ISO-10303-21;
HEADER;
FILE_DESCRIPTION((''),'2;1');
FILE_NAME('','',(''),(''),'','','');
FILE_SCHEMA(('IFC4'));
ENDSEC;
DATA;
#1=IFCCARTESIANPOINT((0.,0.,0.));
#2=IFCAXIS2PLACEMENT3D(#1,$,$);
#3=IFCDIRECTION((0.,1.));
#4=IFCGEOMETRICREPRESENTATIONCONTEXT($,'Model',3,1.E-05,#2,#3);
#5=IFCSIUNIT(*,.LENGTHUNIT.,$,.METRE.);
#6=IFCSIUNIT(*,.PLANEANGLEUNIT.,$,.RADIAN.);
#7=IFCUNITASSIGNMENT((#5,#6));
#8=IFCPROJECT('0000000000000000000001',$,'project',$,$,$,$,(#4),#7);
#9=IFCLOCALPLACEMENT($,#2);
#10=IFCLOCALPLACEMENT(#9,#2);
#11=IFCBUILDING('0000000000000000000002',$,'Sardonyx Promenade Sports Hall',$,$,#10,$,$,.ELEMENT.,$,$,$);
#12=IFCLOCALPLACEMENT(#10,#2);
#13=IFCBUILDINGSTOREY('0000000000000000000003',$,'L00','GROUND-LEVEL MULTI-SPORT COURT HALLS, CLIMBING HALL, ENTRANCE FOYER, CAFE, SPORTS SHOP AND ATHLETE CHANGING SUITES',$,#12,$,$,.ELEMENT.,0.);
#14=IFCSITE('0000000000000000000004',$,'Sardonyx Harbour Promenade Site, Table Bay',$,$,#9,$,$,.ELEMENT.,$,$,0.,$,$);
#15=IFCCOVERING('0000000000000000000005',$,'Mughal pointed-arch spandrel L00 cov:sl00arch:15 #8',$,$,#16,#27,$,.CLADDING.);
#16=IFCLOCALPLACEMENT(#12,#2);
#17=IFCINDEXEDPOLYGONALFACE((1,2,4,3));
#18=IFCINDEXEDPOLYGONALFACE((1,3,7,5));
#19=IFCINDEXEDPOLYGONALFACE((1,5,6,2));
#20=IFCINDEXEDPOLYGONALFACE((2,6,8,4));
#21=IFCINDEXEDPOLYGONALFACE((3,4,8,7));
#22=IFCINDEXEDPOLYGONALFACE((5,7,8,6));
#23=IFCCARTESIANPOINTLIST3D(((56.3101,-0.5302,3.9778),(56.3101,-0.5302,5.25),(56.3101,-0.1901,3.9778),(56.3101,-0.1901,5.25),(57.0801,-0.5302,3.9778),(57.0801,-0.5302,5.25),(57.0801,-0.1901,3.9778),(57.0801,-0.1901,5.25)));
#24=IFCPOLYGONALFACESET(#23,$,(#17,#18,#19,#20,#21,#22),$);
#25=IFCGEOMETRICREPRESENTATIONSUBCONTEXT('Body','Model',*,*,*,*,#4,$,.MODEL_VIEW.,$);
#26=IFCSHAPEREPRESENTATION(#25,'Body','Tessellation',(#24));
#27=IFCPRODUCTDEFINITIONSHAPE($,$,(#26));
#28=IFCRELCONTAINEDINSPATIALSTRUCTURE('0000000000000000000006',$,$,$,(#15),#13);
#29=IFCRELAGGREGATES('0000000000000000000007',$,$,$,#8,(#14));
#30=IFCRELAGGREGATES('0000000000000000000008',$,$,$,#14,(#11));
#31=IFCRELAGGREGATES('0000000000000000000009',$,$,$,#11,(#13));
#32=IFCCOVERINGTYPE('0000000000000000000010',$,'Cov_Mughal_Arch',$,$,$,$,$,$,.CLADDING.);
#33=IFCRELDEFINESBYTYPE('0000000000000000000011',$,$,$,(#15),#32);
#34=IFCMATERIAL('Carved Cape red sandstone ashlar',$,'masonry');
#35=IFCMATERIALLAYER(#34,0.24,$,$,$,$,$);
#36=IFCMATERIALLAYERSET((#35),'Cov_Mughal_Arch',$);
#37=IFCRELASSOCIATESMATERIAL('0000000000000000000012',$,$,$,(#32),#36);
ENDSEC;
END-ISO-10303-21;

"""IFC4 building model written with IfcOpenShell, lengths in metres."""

from ifc_helpers import new_model, si_unit, direction, frame, frame_2d, origin, place, context, subcontext, project, spatial, rectangle, extrude, material, layer, layer_set, type_object, element, save


model = new_model("IFC4")

# Units and contexts
model_context = context("Model", 3, precision=1e-05, world=origin(), true_north=direction((0.0, 1.0)))
body_context = subcontext(model_context, "Body", "Model", "MODEL_VIEW")
ifc_project = project(units=[si_unit("LENGTHUNIT", "METRE"), si_unit("PLANEANGLEUNIT", "RADIAN")], contexts=[model_context])

# Site, building, storey
site_placement = place(None, origin())
site = spatial("IfcSite", under=ifc_project, at=site_placement, Name="Sardonyx Harbour Promenade Site, Table Bay", CompositionType="ELEMENT", RefElevation=0.0)
building_placement = place(site_placement, origin())
building = spatial("IfcBuilding", under=site, at=building_placement, Name="Sardonyx Promenade Sports Hall", CompositionType="ELEMENT")
storey_placement = place(building_placement, origin())
storey = spatial("IfcBuildingStorey", under=building, at=storey_placement, Name="L00", Description="GROUND-LEVEL MULTI-SPORT COURT HALLS, CLIMBING HALL, ENTRANCE FOYER, CAFE, SPORTS SHOP AND ATHLETE CHANGING SUITES", CompositionType="ELEMENT", Elevation=0.0)

# Covering
ifc_material_1 = material(Name="Carved Cape red sandstone ashlar", Category="masonry")
ifc_layer_1 = layer(ifc_material_1, 0.24)
ifc_layer_set_1 = layer_set([ifc_layer_1], Name="Cov_Mughal_Arch")
covering_type = type_object("IfcCoveringType", Name="Cov_Mughal_Arch", PredefinedType="CLADDING", material=ifc_layer_set_1)
covering_1_placement = place(storey_placement, frame((56.3101, -0.3601, 3.9778), z_axis=(0.0, 0.0, 1.0), x_axis=(1.0, 0.0, 0.0)))
element("IfcCovering", 1, at=covering_1_placement, inside=storey, type_object=covering_type, Name="Mughal pointed-arch spandrel L00 cov:sl00arch:15 #8", PredefinedType="CLADDING", context=body_context, shape_type="SweptSolid", body=[
    extrude(rectangle(XDim=0.77, YDim=0.3401, at=frame_2d((0.385, 0.0))), origin(), (0.0, 0.0, 1.0), 1.2722),
])

save(model, "model.ifc")
